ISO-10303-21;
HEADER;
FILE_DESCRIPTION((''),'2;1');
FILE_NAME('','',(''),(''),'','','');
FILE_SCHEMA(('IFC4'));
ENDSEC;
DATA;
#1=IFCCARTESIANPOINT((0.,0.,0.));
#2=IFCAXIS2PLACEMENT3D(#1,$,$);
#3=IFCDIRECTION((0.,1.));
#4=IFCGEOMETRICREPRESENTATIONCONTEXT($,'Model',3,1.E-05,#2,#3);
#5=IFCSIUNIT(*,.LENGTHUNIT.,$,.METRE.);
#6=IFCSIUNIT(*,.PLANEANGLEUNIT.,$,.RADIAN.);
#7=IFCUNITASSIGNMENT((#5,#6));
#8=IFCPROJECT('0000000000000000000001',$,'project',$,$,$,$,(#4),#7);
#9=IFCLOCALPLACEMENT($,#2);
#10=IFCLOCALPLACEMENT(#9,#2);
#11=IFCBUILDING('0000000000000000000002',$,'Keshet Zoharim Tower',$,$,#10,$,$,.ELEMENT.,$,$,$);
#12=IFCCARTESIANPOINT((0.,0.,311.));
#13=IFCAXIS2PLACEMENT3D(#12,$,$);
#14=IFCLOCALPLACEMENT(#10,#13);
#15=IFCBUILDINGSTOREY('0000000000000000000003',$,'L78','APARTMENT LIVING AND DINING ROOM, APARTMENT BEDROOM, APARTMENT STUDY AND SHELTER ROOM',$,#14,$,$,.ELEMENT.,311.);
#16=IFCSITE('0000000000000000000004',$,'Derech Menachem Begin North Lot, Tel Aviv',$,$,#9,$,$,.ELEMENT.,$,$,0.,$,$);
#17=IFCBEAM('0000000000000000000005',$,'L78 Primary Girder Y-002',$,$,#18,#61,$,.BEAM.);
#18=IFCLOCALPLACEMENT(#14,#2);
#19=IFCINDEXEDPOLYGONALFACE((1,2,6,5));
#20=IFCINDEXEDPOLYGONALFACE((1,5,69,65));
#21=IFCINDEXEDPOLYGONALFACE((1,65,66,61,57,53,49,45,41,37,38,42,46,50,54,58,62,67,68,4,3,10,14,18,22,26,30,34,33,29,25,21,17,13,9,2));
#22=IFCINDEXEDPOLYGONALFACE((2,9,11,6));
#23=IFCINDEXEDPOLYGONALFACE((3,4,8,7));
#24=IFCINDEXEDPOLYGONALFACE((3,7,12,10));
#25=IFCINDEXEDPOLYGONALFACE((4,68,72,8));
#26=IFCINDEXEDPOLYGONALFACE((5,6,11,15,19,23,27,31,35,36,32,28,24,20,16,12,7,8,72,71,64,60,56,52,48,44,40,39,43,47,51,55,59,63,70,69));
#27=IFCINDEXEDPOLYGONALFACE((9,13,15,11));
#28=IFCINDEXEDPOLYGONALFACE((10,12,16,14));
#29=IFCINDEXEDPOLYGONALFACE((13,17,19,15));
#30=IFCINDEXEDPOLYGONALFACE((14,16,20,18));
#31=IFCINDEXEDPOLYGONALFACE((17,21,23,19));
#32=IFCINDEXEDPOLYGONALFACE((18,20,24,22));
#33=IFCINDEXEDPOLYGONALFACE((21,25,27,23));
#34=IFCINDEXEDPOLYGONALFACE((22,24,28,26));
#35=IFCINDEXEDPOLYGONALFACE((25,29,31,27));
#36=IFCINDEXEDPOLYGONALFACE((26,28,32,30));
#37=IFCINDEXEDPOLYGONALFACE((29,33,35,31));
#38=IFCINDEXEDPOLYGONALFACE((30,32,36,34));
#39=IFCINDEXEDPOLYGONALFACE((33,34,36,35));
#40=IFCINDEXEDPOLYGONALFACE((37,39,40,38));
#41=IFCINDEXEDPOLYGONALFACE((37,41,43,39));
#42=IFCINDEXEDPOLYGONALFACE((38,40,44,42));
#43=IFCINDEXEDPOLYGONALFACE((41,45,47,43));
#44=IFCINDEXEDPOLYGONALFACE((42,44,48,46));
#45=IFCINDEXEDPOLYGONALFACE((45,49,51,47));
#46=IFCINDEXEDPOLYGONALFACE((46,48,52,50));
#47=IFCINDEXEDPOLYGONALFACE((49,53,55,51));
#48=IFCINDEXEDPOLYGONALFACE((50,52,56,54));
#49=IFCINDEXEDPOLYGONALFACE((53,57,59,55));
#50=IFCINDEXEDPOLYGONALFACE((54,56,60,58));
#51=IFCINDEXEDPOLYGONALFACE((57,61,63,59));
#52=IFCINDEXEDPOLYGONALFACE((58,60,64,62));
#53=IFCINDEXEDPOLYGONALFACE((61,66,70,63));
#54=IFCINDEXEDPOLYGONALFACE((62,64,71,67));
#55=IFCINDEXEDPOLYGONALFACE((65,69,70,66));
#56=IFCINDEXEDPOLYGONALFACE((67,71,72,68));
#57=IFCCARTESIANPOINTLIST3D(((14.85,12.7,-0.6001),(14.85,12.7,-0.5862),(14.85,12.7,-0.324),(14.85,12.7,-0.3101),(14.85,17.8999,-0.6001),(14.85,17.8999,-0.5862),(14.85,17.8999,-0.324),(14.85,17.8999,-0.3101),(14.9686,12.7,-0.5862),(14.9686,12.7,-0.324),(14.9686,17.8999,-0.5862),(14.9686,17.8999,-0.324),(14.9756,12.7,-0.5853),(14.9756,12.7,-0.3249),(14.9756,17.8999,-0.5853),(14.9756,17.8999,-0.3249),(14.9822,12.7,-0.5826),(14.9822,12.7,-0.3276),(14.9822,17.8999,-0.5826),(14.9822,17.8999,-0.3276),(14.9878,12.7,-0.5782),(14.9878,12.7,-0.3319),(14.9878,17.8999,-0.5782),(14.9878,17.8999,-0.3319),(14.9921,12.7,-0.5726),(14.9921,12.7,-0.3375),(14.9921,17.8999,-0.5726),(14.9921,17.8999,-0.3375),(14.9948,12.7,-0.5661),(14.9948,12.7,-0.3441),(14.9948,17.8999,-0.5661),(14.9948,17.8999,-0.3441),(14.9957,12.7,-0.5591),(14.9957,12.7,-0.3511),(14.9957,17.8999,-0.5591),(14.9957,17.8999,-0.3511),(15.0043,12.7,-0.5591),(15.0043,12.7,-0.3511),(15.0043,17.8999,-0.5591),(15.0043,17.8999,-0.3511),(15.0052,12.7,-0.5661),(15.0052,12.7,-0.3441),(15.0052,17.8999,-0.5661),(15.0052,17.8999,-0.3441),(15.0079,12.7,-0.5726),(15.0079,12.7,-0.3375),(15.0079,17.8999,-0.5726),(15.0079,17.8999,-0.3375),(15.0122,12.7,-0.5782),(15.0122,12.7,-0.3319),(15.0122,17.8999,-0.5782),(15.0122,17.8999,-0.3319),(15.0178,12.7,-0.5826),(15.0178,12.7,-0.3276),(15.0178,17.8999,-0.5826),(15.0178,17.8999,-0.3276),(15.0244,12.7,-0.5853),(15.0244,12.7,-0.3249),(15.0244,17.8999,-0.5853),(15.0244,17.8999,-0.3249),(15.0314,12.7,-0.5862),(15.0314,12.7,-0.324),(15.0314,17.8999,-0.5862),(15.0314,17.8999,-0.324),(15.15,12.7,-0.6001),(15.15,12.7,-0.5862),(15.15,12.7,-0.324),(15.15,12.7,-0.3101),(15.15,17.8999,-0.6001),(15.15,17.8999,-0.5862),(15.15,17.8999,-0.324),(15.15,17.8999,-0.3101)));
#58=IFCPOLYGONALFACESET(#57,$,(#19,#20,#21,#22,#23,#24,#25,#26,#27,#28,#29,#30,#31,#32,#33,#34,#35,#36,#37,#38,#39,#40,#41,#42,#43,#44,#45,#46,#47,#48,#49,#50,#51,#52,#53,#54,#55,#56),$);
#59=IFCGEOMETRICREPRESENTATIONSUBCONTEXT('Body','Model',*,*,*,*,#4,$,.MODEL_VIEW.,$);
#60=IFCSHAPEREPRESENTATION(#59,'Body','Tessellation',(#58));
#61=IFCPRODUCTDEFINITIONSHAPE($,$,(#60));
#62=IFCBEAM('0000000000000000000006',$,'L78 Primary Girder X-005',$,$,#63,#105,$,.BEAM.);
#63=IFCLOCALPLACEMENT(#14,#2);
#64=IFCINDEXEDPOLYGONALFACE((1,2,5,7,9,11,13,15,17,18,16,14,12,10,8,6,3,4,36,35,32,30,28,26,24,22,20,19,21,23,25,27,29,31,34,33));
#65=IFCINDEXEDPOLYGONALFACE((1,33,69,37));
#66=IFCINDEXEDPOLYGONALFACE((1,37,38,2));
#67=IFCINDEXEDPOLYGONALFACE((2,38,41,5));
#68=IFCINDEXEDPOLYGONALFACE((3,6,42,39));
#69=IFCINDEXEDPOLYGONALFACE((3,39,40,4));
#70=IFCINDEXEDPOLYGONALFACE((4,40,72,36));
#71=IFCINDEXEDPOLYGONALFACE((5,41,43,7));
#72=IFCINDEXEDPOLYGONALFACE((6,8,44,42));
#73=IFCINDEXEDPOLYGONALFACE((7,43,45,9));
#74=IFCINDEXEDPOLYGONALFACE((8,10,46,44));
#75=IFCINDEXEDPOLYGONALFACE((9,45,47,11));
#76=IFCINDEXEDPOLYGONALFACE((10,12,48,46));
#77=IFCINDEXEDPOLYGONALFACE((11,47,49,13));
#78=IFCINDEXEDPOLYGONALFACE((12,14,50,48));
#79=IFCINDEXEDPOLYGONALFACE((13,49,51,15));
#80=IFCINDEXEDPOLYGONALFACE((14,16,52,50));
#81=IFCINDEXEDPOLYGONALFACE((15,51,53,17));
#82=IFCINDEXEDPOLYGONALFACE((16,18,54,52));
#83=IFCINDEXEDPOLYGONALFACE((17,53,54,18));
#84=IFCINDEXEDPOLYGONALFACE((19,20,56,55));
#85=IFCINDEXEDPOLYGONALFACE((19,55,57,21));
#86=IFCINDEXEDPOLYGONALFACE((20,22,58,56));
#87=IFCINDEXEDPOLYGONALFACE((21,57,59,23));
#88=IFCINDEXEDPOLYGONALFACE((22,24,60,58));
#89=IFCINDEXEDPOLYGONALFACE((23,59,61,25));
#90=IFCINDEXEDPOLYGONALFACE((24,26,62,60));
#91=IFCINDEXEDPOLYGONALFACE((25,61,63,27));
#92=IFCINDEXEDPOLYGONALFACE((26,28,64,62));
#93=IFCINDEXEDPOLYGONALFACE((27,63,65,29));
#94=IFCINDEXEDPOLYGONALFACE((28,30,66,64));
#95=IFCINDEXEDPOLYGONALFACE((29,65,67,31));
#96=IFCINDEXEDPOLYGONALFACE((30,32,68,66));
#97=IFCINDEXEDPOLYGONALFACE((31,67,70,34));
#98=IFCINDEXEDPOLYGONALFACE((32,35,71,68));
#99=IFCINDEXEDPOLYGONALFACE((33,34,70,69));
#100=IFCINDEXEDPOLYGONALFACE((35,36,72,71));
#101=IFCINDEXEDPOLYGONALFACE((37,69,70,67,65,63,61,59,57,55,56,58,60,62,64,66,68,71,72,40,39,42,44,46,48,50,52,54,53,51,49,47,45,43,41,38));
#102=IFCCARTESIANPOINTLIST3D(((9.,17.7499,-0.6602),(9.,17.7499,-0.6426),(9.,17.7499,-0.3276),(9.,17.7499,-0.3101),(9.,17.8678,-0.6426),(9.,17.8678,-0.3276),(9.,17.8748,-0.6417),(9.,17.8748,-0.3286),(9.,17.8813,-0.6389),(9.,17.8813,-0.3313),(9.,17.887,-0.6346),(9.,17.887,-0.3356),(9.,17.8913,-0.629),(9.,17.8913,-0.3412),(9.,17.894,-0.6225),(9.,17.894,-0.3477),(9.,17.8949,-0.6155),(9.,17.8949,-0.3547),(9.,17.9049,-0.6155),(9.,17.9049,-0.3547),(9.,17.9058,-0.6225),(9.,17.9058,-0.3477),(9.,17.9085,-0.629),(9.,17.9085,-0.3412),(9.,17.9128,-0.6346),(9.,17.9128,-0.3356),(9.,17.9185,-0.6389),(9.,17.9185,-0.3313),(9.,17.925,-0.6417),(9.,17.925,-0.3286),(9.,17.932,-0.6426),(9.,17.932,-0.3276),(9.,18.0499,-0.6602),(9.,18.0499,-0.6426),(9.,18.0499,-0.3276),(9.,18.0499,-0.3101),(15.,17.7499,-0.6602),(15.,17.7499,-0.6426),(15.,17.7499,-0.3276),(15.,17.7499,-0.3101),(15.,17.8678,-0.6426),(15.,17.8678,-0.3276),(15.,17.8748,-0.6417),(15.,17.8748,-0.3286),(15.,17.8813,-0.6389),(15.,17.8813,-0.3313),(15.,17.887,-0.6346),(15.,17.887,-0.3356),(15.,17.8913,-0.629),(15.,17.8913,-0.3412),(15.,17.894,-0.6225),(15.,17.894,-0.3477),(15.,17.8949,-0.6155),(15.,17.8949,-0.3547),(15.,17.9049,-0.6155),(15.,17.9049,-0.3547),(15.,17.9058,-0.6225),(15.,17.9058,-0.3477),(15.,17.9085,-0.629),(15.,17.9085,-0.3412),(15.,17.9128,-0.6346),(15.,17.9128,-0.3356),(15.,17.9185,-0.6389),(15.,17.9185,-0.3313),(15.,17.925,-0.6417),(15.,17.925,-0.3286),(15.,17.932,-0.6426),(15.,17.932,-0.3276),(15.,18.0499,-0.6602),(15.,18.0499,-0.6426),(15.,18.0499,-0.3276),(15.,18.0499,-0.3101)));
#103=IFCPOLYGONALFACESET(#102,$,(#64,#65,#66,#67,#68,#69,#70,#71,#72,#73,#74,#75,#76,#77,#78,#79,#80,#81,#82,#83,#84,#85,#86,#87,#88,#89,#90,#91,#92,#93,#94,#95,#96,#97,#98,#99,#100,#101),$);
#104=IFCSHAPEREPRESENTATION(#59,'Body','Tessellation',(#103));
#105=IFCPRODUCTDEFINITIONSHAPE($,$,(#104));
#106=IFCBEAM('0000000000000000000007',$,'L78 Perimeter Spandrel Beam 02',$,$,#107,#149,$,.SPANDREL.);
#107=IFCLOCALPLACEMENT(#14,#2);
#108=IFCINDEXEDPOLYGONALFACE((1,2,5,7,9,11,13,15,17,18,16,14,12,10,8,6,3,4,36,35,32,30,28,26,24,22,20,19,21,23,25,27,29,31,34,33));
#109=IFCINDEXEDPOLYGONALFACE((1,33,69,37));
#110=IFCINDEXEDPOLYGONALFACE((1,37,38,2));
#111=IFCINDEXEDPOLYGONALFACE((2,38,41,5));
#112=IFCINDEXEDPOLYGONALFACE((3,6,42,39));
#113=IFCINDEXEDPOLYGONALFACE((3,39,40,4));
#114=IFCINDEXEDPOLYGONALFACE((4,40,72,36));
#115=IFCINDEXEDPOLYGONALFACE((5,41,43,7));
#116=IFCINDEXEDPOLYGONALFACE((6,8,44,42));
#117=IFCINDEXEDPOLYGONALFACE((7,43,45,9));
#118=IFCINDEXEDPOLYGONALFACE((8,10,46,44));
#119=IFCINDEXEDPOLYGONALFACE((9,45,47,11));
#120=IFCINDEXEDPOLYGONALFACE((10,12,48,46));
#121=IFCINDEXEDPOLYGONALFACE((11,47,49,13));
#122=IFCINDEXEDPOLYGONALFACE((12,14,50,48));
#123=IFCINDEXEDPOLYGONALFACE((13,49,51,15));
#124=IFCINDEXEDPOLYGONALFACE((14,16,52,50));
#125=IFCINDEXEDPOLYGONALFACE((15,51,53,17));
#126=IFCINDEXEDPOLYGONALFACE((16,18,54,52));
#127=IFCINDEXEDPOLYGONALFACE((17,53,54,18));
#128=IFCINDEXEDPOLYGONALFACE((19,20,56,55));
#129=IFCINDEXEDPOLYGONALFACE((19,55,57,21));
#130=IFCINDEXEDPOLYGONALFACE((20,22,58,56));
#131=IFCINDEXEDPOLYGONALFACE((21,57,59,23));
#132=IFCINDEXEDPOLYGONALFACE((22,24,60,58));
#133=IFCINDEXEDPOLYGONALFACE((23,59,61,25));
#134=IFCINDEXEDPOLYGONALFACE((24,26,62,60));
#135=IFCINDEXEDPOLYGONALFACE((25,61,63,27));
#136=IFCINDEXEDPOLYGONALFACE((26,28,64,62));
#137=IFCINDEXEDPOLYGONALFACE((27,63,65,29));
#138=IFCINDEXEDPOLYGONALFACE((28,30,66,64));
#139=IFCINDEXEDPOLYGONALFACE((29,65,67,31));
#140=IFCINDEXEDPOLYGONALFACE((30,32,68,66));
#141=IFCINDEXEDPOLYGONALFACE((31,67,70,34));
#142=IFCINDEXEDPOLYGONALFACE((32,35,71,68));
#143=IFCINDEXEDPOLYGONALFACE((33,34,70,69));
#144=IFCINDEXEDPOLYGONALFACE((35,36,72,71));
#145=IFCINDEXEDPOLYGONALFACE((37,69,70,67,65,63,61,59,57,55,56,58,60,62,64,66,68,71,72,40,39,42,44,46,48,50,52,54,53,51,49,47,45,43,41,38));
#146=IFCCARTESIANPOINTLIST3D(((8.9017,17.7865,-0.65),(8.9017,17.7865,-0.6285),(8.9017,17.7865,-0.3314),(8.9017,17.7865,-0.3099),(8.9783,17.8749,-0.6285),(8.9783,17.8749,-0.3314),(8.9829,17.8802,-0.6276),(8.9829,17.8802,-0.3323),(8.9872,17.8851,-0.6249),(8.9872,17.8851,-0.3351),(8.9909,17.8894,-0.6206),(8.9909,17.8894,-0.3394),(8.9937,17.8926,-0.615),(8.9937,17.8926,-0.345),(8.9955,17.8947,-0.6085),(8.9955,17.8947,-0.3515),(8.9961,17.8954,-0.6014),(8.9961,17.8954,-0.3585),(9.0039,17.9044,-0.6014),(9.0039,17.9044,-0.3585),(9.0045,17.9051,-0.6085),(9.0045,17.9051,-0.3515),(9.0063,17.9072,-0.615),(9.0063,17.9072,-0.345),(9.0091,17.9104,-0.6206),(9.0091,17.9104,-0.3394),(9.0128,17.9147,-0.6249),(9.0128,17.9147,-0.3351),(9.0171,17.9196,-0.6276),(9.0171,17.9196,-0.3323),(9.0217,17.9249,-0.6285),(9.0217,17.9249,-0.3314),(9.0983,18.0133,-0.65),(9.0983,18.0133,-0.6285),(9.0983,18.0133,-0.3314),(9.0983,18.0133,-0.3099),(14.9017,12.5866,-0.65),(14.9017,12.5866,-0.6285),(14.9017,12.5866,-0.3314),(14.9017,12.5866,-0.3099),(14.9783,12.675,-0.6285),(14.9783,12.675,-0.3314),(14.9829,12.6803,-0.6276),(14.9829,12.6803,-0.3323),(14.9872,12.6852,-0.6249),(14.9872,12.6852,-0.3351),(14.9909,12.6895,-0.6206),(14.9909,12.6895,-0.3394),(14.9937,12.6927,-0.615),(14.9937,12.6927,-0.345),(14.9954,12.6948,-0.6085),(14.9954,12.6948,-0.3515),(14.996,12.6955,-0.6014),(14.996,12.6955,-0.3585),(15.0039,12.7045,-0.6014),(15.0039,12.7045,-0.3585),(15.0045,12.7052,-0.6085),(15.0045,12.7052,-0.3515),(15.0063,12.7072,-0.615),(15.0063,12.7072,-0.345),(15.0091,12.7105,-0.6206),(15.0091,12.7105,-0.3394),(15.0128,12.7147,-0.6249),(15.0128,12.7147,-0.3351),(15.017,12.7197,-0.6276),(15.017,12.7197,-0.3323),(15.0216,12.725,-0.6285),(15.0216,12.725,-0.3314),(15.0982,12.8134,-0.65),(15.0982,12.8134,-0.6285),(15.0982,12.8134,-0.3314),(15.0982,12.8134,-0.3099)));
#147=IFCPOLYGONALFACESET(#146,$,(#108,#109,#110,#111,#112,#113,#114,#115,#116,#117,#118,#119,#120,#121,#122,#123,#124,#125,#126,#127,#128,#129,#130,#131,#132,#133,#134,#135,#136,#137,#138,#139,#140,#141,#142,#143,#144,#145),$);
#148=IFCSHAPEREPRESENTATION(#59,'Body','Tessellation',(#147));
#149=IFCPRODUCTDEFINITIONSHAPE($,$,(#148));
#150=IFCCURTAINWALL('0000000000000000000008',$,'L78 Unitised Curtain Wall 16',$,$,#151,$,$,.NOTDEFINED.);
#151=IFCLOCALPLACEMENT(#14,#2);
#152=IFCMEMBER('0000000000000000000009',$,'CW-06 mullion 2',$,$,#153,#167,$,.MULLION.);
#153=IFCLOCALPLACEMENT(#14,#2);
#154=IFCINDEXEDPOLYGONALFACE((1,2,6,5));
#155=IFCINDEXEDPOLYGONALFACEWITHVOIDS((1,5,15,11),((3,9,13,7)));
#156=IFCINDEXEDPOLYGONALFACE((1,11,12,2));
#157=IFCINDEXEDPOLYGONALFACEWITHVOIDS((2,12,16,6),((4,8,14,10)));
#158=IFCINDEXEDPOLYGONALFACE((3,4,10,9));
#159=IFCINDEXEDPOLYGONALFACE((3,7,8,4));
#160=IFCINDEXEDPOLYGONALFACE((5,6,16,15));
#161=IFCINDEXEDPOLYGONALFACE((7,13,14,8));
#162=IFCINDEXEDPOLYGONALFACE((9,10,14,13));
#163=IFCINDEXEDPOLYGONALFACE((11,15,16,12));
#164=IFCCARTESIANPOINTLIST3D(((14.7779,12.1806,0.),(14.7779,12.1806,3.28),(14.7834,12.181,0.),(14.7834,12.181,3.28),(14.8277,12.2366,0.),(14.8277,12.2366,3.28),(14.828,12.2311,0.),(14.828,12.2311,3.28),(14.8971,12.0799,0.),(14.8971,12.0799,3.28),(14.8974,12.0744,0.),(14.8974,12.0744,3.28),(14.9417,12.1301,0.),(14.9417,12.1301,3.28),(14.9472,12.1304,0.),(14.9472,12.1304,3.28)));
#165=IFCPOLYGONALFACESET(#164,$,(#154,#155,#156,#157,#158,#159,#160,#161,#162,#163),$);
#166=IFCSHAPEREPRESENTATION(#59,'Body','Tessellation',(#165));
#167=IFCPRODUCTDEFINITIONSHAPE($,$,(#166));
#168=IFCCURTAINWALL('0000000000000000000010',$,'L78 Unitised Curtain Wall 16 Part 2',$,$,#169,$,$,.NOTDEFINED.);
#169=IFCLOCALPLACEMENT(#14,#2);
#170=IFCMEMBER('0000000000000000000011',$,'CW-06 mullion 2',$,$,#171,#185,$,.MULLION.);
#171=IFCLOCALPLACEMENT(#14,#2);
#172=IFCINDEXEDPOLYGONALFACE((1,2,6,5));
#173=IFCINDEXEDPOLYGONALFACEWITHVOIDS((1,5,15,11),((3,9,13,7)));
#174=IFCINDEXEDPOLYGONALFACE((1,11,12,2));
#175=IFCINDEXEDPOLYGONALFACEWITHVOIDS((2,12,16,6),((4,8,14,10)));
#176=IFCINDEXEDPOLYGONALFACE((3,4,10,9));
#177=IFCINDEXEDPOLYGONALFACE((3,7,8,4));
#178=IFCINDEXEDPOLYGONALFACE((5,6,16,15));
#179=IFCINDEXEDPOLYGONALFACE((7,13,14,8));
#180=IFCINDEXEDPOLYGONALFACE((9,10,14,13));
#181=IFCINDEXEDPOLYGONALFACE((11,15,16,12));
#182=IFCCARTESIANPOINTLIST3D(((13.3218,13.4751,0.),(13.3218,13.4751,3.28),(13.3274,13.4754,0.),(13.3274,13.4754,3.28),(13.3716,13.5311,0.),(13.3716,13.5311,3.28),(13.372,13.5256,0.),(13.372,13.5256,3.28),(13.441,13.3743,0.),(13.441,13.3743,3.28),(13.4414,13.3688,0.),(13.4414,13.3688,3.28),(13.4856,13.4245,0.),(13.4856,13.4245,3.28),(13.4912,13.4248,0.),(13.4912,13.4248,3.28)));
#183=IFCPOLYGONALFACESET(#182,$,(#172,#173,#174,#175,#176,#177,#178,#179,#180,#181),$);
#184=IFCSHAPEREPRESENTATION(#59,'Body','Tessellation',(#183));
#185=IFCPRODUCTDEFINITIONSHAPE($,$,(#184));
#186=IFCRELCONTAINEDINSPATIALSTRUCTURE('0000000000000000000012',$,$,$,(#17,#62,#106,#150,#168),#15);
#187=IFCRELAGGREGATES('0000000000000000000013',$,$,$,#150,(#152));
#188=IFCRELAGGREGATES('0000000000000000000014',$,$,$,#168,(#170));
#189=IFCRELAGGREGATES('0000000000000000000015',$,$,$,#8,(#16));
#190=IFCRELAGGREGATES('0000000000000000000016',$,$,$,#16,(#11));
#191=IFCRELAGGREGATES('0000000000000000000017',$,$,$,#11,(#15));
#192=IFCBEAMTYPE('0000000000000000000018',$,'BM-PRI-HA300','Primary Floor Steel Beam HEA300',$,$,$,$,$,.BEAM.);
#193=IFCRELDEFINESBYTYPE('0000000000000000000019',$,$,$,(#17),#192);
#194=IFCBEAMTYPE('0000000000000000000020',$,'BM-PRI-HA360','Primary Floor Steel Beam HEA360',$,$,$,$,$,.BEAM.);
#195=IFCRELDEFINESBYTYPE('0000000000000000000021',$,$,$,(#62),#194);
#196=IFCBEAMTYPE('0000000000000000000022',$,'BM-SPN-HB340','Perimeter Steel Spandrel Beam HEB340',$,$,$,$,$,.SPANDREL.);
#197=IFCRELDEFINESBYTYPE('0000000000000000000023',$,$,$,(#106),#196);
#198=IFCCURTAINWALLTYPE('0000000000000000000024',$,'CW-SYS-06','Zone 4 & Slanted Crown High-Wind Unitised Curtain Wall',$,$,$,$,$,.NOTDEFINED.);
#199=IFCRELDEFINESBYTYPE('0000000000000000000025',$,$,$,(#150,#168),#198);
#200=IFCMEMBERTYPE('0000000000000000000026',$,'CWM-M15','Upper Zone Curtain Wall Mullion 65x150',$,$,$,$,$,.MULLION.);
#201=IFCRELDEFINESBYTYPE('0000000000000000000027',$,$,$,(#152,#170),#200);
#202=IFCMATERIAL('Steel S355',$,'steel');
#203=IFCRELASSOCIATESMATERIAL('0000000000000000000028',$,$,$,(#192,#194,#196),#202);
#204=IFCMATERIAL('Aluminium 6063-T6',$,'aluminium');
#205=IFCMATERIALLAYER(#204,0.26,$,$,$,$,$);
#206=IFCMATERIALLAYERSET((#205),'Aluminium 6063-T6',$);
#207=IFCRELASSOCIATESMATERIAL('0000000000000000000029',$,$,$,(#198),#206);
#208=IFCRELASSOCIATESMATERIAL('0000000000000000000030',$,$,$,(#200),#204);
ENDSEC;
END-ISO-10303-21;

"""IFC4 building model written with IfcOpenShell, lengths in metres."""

from ifc_helpers import new_model, si_unit, direction, frame, origin, origin_2d, place, context, subcontext, project, spatial, hollow_rectangle, i_section, extrude, material, layer, layer_set, material_profile, profile_set, type_object, element, aggregate, save


model = new_model("IFC4")

# Units and contexts
model_context = context("Model", 3, precision=1e-05, world=origin(), true_north=direction((0.0, 1.0)))
body_context = subcontext(model_context, "Body", "Model", "MODEL_VIEW")
ifc_project = project(units=[si_unit("LENGTHUNIT", "METRE"), si_unit("PLANEANGLEUNIT", "RADIAN")], contexts=[model_context])

# Site, building, storey
site_placement = place(None, origin())
site = spatial("IfcSite", under=ifc_project, at=site_placement, Name="Derech Menachem Begin North Lot, Tel Aviv", CompositionType="ELEMENT", RefElevation=0.0)
building_placement = place(site_placement, origin())
building = spatial("IfcBuilding", under=site, at=building_placement, Name="Keshet Zoharim Tower", CompositionType="ELEMENT")
storey_placement = place(building_placement, frame((0.0, 0.0, 311.0)))
storey = spatial("IfcBuildingStorey", under=building, at=storey_placement, Name="L78", Description="APARTMENT LIVING AND DINING ROOM, APARTMENT BEDROOM, APARTMENT STUDY AND SHELTER ROOM", CompositionType="ELEMENT", Elevation=311.0)

# Shared definitions
ifc_material_1 = material(Name="Steel S355", Category="steel")

# Beams
ifc_material_profile_1 = material_profile(ifc_material_1, i_section(OverallWidth=0.3, OverallDepth=0.29, WebThickness=0.0085, FlangeThickness=0.0139, FilletRadius=0.0271, at=origin_2d()), Name="HEA300")
ifc_profile_set_1 = profile_set([ifc_material_profile_1], Name="Steel S355")
beam_type_1 = type_object("IfcBeamType", Name="BM-PRI-HA300", Description="Primary Floor Steel Beam HEA300", PredefinedType="BEAM", material=ifc_profile_set_1)
beam_1_placement = place(storey_placement, frame((15.0, 12.7, -0.4551), z_axis=(0.0, 1.0, 0.0), x_axis=(-1.0, 0.0, 0.0)))
element("IfcBeam", 1, at=beam_1_placement, inside=storey, type_object=beam_type_1, Name="L78 Primary Girder Y-002", PredefinedType="BEAM", context=body_context, shape_type="SweptSolid", body=[
    extrude(i_section(OverallWidth=0.3, OverallDepth=0.29, WebThickness=0.0085, FlangeThickness=0.0139, FilletRadius=0.0271, at=origin_2d()), origin(), (0.0, 0.0, 1.0), 5.2),
])
ifc_material_profile_2 = material_profile(ifc_material_1, i_section(OverallWidth=0.3, OverallDepth=0.3501, WebThickness=0.01, FlangeThickness=0.0176, FilletRadius=0.0271, at=origin_2d()), Name="HEA360")
ifc_profile_set_2 = profile_set([ifc_material_profile_2], Name="Steel S355")
beam_type_2 = type_object("IfcBeamType", Name="BM-PRI-HA360", Description="Primary Floor Steel Beam HEA360", PredefinedType="BEAM", material=ifc_profile_set_2)
beam_2_placement = place(storey_placement, frame((9.0, 17.8999, -0.4851), z_axis=(1.0, 0.0, 0.0), x_axis=(0.0, 1.0, 0.0)))
element("IfcBeam", 2, at=beam_2_placement, inside=storey, type_object=beam_type_2, Name="L78 Primary Girder X-005", PredefinedType="BEAM", context=body_context, shape_type="SweptSolid", body=[
    extrude(i_section(OverallWidth=0.3, OverallDepth=0.3501, WebThickness=0.01, FlangeThickness=0.0176, FilletRadius=0.0271, at=origin_2d()), origin(), (0.0, 0.0, 1.0), 6.0),
])
ifc_material_profile_3 = material_profile(ifc_material_1, i_section(OverallWidth=0.3, OverallDepth=0.3401, WebThickness=0.012, FlangeThickness=0.0215, FilletRadius=0.0271, at=origin_2d()), Name="HEB340")
ifc_profile_set_3 = profile_set([ifc_material_profile_3], Name="Steel S355")
beam_type_3 = type_object("IfcBeamType", Name="BM-SPN-HB340", Description="Perimeter Steel Spandrel Beam HEB340", PredefinedType="SPANDREL", material=ifc_profile_set_3)
beam_3_placement = place(storey_placement, frame((9.0, 17.8999, -0.48), z_axis=(0.755692, -0.654927, 0.0), x_axis=(0.654927, 0.755692, 0.0)))
element("IfcBeam", 3, at=beam_3_placement, inside=storey, type_object=beam_type_3, Name="L78 Perimeter Spandrel Beam 02", PredefinedType="SPANDREL", context=body_context, shape_type="SweptSolid", body=[
    extrude(i_section(OverallWidth=0.3, OverallDepth=0.3401, WebThickness=0.012, FlangeThickness=0.0215, FilletRadius=0.0271, at=origin_2d()), origin(), (0.0, 0.0, 1.0), 7.9397),
])

# Curtain wall, member
ifc_material_2 = material(Name="Aluminium 6063-T6", Category="aluminium")
ifc_layer_1 = layer(ifc_material_2, 0.26)
ifc_layer_set_1 = layer_set([ifc_layer_1], Name="Aluminium 6063-T6")
curtain_wall_type = type_object("IfcCurtainWallType", Name="CW-SYS-06", Description="Zone 4 & Slanted Crown High-Wind Unitised Curtain Wall", PredefinedType="NOTDEFINED", material=ifc_layer_set_1)
curtain_wall_1_placement = place(storey_placement, origin())
curtain_wall_1 = element("IfcCurtainWall", 4, at=curtain_wall_1_placement, inside=storey, type_object=curtain_wall_type, Name="L78 Unitised Curtain Wall 16", PredefinedType="NOTDEFINED")
ifc_material_profile_4 = material_profile(ifc_material_2, hollow_rectangle(XDim=0.075, YDim=0.1599, WallThickness=0.0039, at=origin_2d()), Name="MUL-75x160")
ifc_profile_set_4 = profile_set([ifc_material_profile_4], Name="Aluminium 6063-T6")
member_type_1 = type_object("IfcMemberType", Name="CWM-M15", Description="Upper Zone Curtain Wall Mullion 65x150", PredefinedType="MULLION", material=ifc_profile_set_4)
member_1_placement = place(storey_placement, frame((14.8625, 12.1555, 0.0), z_axis=(0.0, 0.0, 1.0), x_axis=(-0.664359, -0.747414, 0.0)))
member_1 = element("IfcMember", 5, at=member_1_placement, type_object=member_type_1, Name="CW-06 mullion 2", PredefinedType="MULLION", context=body_context, shape_type="SweptSolid", body=[
    extrude(hollow_rectangle(XDim=0.075, YDim=0.1599, WallThickness=0.0039, at=origin_2d()), origin(), (0.0, 0.0, 1.0), 3.28),
])
aggregate(curtain_wall_1, [member_1])

# Curtain wall, member
curtain_wall_2_placement = place(storey_placement, origin())
curtain_wall_2 = element("IfcCurtainWall", 6, at=curtain_wall_2_placement, inside=storey, type_object=curtain_wall_type, Name="L78 Unitised Curtain Wall 16 Part 2", PredefinedType="NOTDEFINED")
member_2_placement = place(storey_placement, frame((13.4065, 13.45, 0.0), z_axis=(0.0, 0.0, 1.0), x_axis=(-0.664389, -0.747387, 0.0)))
member_2 = element("IfcMember", 7, at=member_2_placement, type_object=member_type_1, Name="CW-06 mullion 2", PredefinedType="MULLION", context=body_context, shape_type="SweptSolid", body=[
    extrude(hollow_rectangle(XDim=0.075, YDim=0.1599, WallThickness=0.0039, at=origin_2d()), origin(), (0.0, 0.0, 1.0), 3.28),
])

aggregate(curtain_wall_2, [member_2])

save(model, "model.ifc")
